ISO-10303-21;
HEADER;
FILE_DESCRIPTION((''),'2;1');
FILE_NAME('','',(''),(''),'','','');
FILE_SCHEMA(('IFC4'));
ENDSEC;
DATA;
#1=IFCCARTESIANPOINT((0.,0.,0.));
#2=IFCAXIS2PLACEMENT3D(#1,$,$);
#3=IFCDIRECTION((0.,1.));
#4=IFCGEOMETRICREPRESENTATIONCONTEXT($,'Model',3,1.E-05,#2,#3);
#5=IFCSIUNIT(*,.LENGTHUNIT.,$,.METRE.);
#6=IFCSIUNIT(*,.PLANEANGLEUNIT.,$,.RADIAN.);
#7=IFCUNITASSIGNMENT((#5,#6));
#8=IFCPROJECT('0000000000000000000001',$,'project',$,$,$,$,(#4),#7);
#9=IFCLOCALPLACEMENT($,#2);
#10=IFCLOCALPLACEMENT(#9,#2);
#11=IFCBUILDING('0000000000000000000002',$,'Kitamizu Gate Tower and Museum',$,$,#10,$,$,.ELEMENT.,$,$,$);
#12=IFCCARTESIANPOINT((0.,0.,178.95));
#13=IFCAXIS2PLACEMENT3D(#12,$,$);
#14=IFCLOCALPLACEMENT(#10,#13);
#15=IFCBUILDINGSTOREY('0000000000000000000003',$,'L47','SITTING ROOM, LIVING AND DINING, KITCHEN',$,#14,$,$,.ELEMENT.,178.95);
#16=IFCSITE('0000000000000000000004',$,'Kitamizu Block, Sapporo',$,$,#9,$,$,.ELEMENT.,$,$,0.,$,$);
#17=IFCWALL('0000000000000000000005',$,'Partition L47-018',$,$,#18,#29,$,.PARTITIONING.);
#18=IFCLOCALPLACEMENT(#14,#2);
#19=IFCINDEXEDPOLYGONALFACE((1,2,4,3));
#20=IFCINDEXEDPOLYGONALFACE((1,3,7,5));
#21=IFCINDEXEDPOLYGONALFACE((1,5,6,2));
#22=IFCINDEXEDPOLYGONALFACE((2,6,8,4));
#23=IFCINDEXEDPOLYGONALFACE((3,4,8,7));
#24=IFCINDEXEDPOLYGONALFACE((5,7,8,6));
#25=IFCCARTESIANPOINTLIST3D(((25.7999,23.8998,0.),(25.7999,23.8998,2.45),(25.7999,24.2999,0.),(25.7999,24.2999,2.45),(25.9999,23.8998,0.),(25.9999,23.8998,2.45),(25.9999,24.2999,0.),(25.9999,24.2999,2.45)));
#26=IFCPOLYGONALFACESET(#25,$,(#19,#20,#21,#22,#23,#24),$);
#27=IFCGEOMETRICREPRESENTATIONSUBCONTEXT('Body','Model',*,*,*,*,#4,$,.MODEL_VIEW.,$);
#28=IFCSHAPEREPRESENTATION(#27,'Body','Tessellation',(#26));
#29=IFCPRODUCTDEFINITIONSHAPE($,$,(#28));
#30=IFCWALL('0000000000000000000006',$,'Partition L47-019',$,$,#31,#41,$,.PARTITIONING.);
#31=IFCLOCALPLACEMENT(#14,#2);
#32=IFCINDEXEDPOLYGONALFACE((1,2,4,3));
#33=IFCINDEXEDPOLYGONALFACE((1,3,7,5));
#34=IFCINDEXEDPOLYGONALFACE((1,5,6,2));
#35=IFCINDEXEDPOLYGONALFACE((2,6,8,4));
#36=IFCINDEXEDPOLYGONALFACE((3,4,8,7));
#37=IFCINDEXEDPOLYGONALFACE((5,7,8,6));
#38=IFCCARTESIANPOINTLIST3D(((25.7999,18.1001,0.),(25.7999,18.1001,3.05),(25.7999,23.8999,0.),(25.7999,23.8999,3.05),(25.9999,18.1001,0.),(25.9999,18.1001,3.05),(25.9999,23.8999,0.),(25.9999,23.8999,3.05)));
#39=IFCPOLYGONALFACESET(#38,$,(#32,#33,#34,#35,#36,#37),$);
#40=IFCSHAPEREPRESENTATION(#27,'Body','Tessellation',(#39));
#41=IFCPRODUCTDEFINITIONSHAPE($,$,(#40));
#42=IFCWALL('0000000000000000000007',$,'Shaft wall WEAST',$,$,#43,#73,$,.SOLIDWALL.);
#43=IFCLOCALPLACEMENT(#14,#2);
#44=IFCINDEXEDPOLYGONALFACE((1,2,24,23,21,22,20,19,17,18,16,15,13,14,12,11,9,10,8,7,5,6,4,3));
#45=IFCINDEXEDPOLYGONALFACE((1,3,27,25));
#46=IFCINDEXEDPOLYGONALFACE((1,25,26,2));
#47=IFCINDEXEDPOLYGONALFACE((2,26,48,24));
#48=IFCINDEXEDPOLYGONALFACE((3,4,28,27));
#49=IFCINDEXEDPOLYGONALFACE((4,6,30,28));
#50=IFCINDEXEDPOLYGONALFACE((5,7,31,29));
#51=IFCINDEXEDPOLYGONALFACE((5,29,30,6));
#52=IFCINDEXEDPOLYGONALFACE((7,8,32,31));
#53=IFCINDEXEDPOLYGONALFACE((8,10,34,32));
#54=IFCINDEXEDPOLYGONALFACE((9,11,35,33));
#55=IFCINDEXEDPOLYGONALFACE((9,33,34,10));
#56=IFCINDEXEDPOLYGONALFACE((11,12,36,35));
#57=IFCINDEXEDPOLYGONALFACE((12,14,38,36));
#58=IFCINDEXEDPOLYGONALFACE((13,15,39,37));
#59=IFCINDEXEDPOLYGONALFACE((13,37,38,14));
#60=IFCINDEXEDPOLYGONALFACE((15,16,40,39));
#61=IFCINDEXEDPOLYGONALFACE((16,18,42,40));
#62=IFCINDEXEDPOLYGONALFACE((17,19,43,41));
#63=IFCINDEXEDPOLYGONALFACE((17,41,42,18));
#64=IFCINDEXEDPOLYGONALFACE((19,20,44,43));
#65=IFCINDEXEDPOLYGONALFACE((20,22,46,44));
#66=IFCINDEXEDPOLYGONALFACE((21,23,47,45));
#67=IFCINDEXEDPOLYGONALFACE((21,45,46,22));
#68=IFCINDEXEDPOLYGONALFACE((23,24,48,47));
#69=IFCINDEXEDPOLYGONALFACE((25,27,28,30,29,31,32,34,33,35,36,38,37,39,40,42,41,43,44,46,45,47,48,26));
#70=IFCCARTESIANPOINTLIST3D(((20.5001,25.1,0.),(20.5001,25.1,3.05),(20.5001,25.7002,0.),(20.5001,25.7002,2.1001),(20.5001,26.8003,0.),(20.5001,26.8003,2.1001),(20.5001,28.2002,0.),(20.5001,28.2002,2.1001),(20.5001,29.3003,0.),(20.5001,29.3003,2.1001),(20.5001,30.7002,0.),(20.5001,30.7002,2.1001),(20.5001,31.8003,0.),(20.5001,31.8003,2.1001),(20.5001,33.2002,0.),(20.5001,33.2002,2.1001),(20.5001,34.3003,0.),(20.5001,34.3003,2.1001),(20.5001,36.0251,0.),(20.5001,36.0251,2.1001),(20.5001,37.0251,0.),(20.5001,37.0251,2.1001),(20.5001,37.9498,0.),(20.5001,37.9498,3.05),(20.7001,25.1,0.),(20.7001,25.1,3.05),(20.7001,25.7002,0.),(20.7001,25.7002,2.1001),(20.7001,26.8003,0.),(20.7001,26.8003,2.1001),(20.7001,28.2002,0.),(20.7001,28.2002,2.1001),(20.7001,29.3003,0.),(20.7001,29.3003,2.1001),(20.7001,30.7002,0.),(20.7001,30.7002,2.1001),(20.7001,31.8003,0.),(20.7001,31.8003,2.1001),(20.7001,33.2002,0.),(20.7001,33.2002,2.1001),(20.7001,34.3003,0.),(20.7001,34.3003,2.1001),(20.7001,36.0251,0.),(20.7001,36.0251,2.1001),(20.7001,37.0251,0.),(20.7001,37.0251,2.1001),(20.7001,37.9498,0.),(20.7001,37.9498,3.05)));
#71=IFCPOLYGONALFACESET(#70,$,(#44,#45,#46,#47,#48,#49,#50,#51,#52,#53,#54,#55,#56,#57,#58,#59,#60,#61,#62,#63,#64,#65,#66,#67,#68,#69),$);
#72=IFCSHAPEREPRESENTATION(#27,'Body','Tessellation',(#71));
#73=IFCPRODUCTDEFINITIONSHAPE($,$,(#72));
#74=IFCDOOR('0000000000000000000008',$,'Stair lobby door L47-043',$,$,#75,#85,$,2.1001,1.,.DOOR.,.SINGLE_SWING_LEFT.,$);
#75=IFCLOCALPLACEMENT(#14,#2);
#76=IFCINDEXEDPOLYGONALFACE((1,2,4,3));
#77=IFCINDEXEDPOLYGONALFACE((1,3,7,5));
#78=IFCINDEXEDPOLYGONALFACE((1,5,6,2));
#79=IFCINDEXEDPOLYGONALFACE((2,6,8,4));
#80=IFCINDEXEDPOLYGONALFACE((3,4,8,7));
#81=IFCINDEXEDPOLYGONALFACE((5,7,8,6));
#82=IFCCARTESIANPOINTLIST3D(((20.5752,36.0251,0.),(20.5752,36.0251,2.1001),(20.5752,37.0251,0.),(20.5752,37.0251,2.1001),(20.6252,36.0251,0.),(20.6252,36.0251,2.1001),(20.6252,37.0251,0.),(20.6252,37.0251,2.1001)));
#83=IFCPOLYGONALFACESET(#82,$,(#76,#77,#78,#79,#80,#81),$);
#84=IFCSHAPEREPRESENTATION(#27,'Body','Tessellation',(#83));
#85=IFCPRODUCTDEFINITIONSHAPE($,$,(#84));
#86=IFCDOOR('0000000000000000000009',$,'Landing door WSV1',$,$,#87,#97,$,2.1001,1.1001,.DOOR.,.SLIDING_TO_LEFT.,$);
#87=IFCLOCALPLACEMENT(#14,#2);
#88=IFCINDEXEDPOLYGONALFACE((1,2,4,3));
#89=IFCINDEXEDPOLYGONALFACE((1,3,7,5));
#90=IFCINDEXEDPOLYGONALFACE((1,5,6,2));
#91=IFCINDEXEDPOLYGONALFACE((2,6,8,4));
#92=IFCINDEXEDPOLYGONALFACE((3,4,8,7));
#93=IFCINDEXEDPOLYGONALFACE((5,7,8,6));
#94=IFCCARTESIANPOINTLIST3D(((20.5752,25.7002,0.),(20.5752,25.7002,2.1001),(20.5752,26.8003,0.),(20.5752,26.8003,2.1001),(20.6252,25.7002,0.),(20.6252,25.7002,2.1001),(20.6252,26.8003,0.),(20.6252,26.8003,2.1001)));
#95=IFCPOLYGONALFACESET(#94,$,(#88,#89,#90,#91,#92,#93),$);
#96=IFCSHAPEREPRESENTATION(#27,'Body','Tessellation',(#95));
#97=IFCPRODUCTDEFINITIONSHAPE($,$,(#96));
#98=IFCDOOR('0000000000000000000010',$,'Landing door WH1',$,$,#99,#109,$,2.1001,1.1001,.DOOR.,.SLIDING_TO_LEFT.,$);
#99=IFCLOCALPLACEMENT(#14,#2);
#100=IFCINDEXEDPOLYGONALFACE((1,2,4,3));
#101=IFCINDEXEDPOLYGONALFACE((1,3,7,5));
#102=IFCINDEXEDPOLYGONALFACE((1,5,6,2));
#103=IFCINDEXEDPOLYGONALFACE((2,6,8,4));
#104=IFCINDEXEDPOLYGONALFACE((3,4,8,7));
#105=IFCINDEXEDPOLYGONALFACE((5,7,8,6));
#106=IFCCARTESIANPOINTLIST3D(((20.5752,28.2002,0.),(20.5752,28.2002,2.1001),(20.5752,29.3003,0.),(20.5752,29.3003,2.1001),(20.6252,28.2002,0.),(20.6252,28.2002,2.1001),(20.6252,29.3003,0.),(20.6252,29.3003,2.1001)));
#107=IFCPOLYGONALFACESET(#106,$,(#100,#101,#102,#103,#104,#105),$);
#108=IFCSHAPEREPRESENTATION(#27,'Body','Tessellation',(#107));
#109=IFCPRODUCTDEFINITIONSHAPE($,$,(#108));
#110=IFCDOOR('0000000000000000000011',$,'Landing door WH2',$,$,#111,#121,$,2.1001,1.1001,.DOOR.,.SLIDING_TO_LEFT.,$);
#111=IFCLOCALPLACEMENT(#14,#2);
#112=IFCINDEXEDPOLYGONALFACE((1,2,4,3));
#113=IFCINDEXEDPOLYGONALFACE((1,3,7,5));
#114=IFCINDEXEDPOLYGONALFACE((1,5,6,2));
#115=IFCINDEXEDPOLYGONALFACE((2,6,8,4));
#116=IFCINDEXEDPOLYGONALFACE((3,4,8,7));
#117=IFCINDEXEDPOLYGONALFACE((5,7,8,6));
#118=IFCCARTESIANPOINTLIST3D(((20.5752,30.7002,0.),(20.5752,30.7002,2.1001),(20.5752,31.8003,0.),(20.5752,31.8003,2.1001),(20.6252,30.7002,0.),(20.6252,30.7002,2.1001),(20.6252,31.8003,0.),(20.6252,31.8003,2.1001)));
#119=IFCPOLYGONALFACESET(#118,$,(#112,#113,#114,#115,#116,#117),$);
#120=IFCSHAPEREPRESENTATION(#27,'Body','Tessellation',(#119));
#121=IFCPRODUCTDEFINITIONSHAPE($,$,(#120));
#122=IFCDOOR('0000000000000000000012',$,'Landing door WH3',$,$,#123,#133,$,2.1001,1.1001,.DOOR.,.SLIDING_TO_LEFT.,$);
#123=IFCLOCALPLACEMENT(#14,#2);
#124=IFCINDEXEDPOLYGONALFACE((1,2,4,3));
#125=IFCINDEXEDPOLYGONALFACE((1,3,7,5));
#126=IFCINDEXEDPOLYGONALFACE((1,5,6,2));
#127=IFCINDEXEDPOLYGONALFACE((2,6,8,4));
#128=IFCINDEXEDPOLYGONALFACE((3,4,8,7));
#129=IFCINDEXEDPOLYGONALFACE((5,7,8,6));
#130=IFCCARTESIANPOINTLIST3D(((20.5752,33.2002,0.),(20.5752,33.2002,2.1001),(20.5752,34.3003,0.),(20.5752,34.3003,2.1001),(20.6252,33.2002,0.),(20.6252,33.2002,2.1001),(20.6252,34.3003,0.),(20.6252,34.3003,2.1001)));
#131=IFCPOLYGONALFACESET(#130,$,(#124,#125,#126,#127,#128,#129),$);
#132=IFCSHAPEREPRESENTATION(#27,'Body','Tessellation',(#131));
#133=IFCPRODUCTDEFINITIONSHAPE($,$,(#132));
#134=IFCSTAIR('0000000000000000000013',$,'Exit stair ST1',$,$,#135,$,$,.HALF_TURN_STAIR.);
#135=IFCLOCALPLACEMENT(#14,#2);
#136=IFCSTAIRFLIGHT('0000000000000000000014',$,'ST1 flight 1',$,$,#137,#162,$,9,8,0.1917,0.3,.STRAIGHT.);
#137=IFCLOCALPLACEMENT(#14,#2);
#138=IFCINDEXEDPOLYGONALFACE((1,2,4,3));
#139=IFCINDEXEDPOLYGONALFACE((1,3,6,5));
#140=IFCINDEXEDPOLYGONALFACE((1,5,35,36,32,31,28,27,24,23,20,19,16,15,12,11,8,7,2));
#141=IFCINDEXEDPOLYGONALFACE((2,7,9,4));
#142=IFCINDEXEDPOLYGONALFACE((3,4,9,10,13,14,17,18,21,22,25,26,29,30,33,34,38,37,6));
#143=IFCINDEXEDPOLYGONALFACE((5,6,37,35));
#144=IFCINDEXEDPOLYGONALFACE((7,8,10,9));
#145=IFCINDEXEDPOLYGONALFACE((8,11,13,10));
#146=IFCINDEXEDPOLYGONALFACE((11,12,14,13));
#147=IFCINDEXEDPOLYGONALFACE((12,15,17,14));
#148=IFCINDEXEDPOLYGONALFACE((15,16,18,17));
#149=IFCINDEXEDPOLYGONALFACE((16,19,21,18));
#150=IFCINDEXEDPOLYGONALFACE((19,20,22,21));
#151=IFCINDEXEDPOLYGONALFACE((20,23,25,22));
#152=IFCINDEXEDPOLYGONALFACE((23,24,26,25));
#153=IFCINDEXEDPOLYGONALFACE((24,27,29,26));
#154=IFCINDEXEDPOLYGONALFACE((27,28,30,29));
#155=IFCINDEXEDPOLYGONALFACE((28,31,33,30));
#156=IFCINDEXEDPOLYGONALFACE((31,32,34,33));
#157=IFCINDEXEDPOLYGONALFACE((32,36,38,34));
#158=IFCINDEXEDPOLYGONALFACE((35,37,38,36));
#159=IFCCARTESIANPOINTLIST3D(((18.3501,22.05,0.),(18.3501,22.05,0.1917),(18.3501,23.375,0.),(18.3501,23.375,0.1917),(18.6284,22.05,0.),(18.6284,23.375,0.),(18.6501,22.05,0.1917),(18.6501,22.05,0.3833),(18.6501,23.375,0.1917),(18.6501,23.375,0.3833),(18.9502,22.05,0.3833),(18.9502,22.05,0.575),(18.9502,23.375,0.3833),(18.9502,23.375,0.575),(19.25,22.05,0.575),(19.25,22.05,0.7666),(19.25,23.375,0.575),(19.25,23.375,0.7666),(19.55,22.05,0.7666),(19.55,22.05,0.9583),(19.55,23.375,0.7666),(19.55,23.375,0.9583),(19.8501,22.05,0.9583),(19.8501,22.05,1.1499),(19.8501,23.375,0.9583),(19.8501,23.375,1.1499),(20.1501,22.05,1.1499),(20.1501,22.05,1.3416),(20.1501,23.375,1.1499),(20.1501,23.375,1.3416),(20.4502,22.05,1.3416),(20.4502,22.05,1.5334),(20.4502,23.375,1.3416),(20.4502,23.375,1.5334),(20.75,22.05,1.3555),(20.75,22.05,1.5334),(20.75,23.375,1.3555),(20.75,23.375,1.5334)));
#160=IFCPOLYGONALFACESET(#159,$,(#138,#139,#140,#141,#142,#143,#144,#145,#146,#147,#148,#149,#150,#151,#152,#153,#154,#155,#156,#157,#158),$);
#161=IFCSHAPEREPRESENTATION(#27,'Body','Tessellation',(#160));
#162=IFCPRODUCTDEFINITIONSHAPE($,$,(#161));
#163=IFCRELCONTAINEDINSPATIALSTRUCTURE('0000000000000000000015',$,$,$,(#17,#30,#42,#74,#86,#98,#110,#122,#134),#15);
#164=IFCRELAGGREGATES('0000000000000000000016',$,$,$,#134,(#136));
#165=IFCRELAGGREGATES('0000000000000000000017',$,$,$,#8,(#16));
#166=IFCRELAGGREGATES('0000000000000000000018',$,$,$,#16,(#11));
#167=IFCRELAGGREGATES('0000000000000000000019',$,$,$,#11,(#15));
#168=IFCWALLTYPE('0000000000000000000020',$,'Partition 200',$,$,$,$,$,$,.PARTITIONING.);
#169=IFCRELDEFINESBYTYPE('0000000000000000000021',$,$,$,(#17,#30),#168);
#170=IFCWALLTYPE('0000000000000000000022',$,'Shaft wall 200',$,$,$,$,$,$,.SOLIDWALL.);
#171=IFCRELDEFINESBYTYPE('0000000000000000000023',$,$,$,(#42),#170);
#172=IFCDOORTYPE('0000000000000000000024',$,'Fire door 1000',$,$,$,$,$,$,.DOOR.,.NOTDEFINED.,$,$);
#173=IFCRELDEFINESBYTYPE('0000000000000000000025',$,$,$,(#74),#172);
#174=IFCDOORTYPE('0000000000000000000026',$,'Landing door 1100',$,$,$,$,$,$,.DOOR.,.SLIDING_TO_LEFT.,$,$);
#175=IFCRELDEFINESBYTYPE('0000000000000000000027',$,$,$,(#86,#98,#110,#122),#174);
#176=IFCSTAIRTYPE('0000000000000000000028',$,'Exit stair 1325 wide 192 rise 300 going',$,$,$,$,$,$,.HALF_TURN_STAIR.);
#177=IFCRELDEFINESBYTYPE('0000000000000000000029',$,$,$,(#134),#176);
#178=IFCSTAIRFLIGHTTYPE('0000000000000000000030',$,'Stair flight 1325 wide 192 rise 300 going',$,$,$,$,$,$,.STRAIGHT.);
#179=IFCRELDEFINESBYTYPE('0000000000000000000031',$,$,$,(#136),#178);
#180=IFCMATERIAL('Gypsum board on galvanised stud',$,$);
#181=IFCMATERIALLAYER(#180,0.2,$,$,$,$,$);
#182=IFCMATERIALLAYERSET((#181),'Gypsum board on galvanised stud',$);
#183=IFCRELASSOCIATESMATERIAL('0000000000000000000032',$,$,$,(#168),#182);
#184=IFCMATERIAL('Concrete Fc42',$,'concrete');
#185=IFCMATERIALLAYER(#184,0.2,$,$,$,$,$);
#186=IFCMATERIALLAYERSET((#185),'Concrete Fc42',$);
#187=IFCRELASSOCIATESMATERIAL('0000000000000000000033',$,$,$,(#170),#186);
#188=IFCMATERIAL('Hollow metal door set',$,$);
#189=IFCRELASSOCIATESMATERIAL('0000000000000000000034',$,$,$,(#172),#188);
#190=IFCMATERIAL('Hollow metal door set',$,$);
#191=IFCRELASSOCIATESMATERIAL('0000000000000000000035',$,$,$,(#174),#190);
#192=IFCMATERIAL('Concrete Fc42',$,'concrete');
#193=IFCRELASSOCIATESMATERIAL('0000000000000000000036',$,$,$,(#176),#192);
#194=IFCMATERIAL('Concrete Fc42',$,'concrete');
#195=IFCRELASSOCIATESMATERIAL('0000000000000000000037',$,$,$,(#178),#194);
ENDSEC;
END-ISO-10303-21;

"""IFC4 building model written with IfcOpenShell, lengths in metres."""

from ifc_helpers import new_model, si_unit, direction, frame, frame_2d, origin, place, context, subcontext, project, spatial, polyline, rectangle, outline, extrude, material, layer, layer_set, type_object, element, fill, aggregate, save


model = new_model("IFC4")

# Units and contexts
model_context = context("Model", 3, precision=1e-05, world=origin(), true_north=direction((0.0, 1.0)))
body_context = subcontext(model_context, "Body", "Model", "MODEL_VIEW")
ifc_project = project(units=[si_unit("LENGTHUNIT", "METRE"), si_unit("PLANEANGLEUNIT", "RADIAN")], contexts=[model_context])

# Site, building, storey
site_placement = place(None, origin())
site = spatial("IfcSite", under=ifc_project, at=site_placement, Name="Kitamizu Block, Sapporo", CompositionType="ELEMENT", RefElevation=0.0)
building_placement = place(site_placement, origin())
building = spatial("IfcBuilding", under=site, at=building_placement, Name="Kitamizu Gate Tower and Museum", CompositionType="ELEMENT")
storey_placement = place(building_placement, frame((0.0, 0.0, 178.95)))
storey = spatial("IfcBuildingStorey", under=building, at=storey_placement, Name="L47", Description="SITTING ROOM, LIVING AND DINING, KITCHEN", CompositionType="ELEMENT", Elevation=178.95)

# Walls
ifc_material_1 = material(Name="Gypsum board on galvanised stud")
ifc_layer_1 = layer(ifc_material_1, 0.2)
ifc_layer_set_1 = layer_set([ifc_layer_1], Name="Gypsum board on galvanised stud")
wall_type_1 = type_object("IfcWallType", Name="Partition 200", PredefinedType="PARTITIONING", material=ifc_layer_set_1)
wall_1_placement = place(storey_placement, frame((25.8999, 24.3, 0.0), z_axis=(0.0, 0.0, 1.0), x_axis=(0.0, -1.0, 0.0)))
element("IfcWall", 1, at=wall_1_placement, inside=storey, type_object=wall_type_1, Name="Partition L47-018", PredefinedType="PARTITIONING", context=body_context, shape_type="SweptSolid", body=[
    extrude(rectangle(XDim=0.4001, YDim=0.2, at=frame_2d((0.2002, 0.0))), origin(), (0.0, 0.0, 1.0), 2.45),
])
wall_2_placement = place(storey_placement, frame((25.8999, 23.8999, 0.0), z_axis=(0.0, 0.0, 1.0), x_axis=(0.0, -1.0, 0.0)))
element("IfcWall", 2, at=wall_2_placement, inside=storey, type_object=wall_type_1, Name="Partition L47-019", PredefinedType="PARTITIONING", context=body_context, shape_type="SweptSolid", body=[
    extrude(rectangle(XDim=5.7998, YDim=0.2, at=frame_2d((2.8999, 0.0))), origin(), (0.0, 0.0, 1.0), 3.05),
])

# Wall, openings, doors
ifc_material_2 = material(Name="Concrete Fc42", Category="concrete")
ifc_layer_2 = layer(ifc_material_2, 0.2)
ifc_layer_set_2 = layer_set([ifc_layer_2], Name="Concrete Fc42")
wall_type_2 = type_object("IfcWallType", Name="Shaft wall 200", PredefinedType="SOLIDWALL", material=ifc_layer_set_2)
wall_3_placement = place(storey_placement, frame((20.6001, 25.1001, 0.0), z_axis=(0.0, 0.0, 1.0), x_axis=(0.0, 1.0, 0.0)))
wall_3 = element("IfcWall", 3, at=wall_3_placement, inside=storey, type_object=wall_type_2, Name="Shaft wall WEAST", PredefinedType="SOLIDWALL", context=body_context, shape_type="SweptSolid", body=[
    extrude(rectangle(XDim=12.8499, YDim=0.2, at=frame_2d((6.4248, 0.0))), origin(), (0.0, 0.0, 1.0), 3.05),
])
opening_1_placement = place(wall_3_placement, frame((0.6001, 0.0, 0.0)))
opening_1 = element("IfcOpeningElement", 4, at=opening_1_placement, cuts=wall_3, PredefinedType="OPENING", context=body_context, shape_type="SweptSolid", body=[
    extrude(rectangle(XDim=1.1001, YDim=2.1001, at=frame_2d((0.55, 1.05))), frame((0.0, 0.1099, 0.0), z_axis=(0.0, -1.0, 0.0), x_axis=(1.0, 0.0, 0.0)), (0.0, 0.0, 1.0), 0.22),
])
opening_2_placement = place(wall_3_placement, frame((3.1001, 0.0, 0.0)))
opening_2 = element("IfcOpeningElement", 5, at=opening_2_placement, cuts=wall_3, PredefinedType="OPENING", context=body_context, shape_type="SweptSolid", body=[
    extrude(rectangle(XDim=1.1001, YDim=2.1001, at=frame_2d((0.55, 1.05))), frame((0.0, 0.1099, 0.0), z_axis=(0.0, -1.0, 0.0), x_axis=(1.0, 0.0, 0.0)), (0.0, 0.0, 1.0), 0.22),
])
opening_3_placement = place(wall_3_placement, frame((5.6001, 0.0, 0.0)))
opening_3 = element("IfcOpeningElement", 6, at=opening_3_placement, cuts=wall_3, PredefinedType="OPENING", context=body_context, shape_type="SweptSolid", body=[
    extrude(rectangle(XDim=1.1001, YDim=2.1001, at=frame_2d((0.55, 1.05))), frame((0.0, 0.1099, 0.0), z_axis=(0.0, -1.0, 0.0), x_axis=(1.0, 0.0, 0.0)), (0.0, 0.0, 1.0), 0.22),
])
opening_4_placement = place(wall_3_placement, frame((8.1001, 0.0, 0.0)))
opening_4 = element("IfcOpeningElement", 7, at=opening_4_placement, cuts=wall_3, PredefinedType="OPENING", context=body_context, shape_type="SweptSolid", body=[
    extrude(rectangle(XDim=1.1001, YDim=2.1001, at=frame_2d((0.55, 1.05))), frame((0.0, 0.1099, 0.0), z_axis=(0.0, -1.0, 0.0), x_axis=(1.0, 0.0, 0.0)), (0.0, 0.0, 1.0), 0.22),
])
opening_5_placement = place(wall_3_placement, frame((10.925, 0.0, 0.0)))
opening_5 = element("IfcOpeningElement", 8, at=opening_5_placement, cuts=wall_3, PredefinedType="OPENING", context=body_context, shape_type="SweptSolid", body=[
    extrude(rectangle(XDim=1.0, YDim=2.1001, at=frame_2d((0.5, 1.05))), frame((0.0, 0.1099, 0.0), z_axis=(0.0, -1.0, 0.0), x_axis=(1.0, 0.0, 0.0)), (0.0, 0.0, 1.0), 0.22),
])
ifc_material_3 = material(Name="Hollow metal door set")
door_type_1 = type_object("IfcDoorType", Name="Fire door 1000", OperationType="NOTDEFINED", PredefinedType="DOOR", material=ifc_material_3)
door_1_placement = place(opening_5_placement, origin())
door_1 = element("IfcDoor", 9, at=door_1_placement, inside=storey, type_object=door_type_1, Name="Stair lobby door L47-043", OperationType="SINGLE_SWING_LEFT", OverallHeight=2.1001, OverallWidth=1.0, PredefinedType="DOOR", context=body_context, shape_type="SweptSolid", body=[
    extrude(rectangle(XDim=1.0, YDim=2.1001, at=frame_2d((0.5, 1.05))), frame((0.0, 0.0249, 0.0), z_axis=(0.0, -1.0, 0.0), x_axis=(1.0, 0.0, 0.0)), (0.0, 0.0, 1.0), 0.05),
])
fill(opening_5, door_1)
ifc_material_4 = material(Name="Hollow metal door set")
door_type_2 = type_object("IfcDoorType", Name="Landing door 1100", OperationType="SLIDING_TO_LEFT", PredefinedType="DOOR", material=ifc_material_4)
door_2_placement = place(opening_1_placement, origin())
door_2 = element("IfcDoor", 10, at=door_2_placement, inside=storey, type_object=door_type_2, Name="Landing door WSV1", OperationType="SLIDING_TO_LEFT", OverallHeight=2.1001, OverallWidth=1.1001, PredefinedType="DOOR", context=body_context, shape_type="SweptSolid", body=[
    extrude(rectangle(XDim=1.1001, YDim=2.1001, at=frame_2d((0.55, 1.05))), frame((0.0, 0.0249, 0.0), z_axis=(0.0, -1.0, 0.0), x_axis=(1.0, 0.0, 0.0)), (0.0, 0.0, 1.0), 0.05),
])
fill(opening_1, door_2)
door_3_placement = place(opening_2_placement, origin())
door_3 = element("IfcDoor", 11, at=door_3_placement, inside=storey, type_object=door_type_2, Name="Landing door WH1", OperationType="SLIDING_TO_LEFT", OverallHeight=2.1001, OverallWidth=1.1001, PredefinedType="DOOR", context=body_context, shape_type="SweptSolid", body=[
    extrude(rectangle(XDim=1.1001, YDim=2.1001, at=frame_2d((0.55, 1.05))), frame((0.0, 0.0249, 0.0), z_axis=(0.0, -1.0, 0.0), x_axis=(1.0, 0.0, 0.0)), (0.0, 0.0, 1.0), 0.05),
])
fill(opening_2, door_3)
door_4_placement = place(opening_3_placement, origin())
door_4 = element("IfcDoor", 12, at=door_4_placement, inside=storey, type_object=door_type_2, Name="Landing door WH2", OperationType="SLIDING_TO_LEFT", OverallHeight=2.1001, OverallWidth=1.1001, PredefinedType="DOOR", context=body_context, shape_type="SweptSolid", body=[
    extrude(rectangle(XDim=1.1001, YDim=2.1001, at=frame_2d((0.55, 1.05))), frame((0.0, 0.0249, 0.0), z_axis=(0.0, -1.0, 0.0), x_axis=(1.0, 0.0, 0.0)), (0.0, 0.0, 1.0), 0.05),
])
fill(opening_3, door_4)
door_5_placement = place(opening_4_placement, origin())
door_5 = element("IfcDoor", 13, at=door_5_placement, inside=storey, type_object=door_type_2, Name="Landing door WH3", OperationType="SLIDING_TO_LEFT", OverallHeight=2.1001, OverallWidth=1.1001, PredefinedType="DOOR", context=body_context, shape_type="SweptSolid", body=[
    extrude(rectangle(XDim=1.1001, YDim=2.1001, at=frame_2d((0.55, 1.05))), frame((0.0, 0.0249, 0.0), z_axis=(0.0, -1.0, 0.0), x_axis=(1.0, 0.0, 0.0)), (0.0, 0.0, 1.0), 0.05),
])
fill(opening_4, door_5)

# Stair, stair flight
ifc_material_5 = material(Name="Concrete Fc42", Category="concrete")
stair_type = type_object("IfcStairType", Name="Exit stair 1325 wide 192 rise 300 going", PredefinedType="HALF_TURN_STAIR", material=ifc_material_5)
stair_placement = place(storey_placement, origin())
stair = element("IfcStair", 14, at=stair_placement, inside=storey, type_object=stair_type, Name="Exit stair ST1", PredefinedType="HALF_TURN_STAIR")
ifc_material_6 = material(Name="Concrete Fc42", Category="concrete")
stair_flight_type = type_object("IfcStairFlightType", Name="Stair flight 1325 wide 192 rise 300 going", PredefinedType="STRAIGHT", material=ifc_material_6)
stair_flight_1_placement = place(storey_placement, frame((18.3501, 22.7124, 0.0), z_axis=(0.0, 0.0, 1.0), x_axis=(1.0, 0.0, 0.0)))
stair_flight_1 = element("IfcStairFlight", 15, at=stair_flight_1_placement, type_object=stair_flight_type, Name="ST1 flight 1", NumberOfRisers=9, NumberOfTreads=8, PredefinedType="STRAIGHT", RiserHeight=0.1917, TreadLength=0.3, context=body_context, shape_type="SweptSolid", body=[
    extrude(outline(polyline([(0.0, 0.0), (0.0, 0.1917), (0.3, 0.1917), (0.3, 0.3833), (0.6001, 0.3833), (0.6001, 0.575), (0.8999, 0.575), (0.8999, 0.7666), (1.2, 0.7666), (1.2, 0.9583), (1.5, 0.9583), (1.5, 1.1499), (1.8, 1.1499), (1.8, 1.3416), (2.1001, 1.3416), (2.1001, 1.5334), (2.3999, 1.5334), (2.3999, 1.7251), (2.3999, 1.3555), (0.2783, 0.0), (0.0, 0.0)])), frame((0.0, 0.6626, 0.0), z_axis=(0.0, -1.0, 0.0), x_axis=(1.0, 0.0, 0.0)), (0.0, 0.0, 1.0), 1.325),
])
aggregate(stair, [stair_flight_1])

save(model, "model.ifc")
